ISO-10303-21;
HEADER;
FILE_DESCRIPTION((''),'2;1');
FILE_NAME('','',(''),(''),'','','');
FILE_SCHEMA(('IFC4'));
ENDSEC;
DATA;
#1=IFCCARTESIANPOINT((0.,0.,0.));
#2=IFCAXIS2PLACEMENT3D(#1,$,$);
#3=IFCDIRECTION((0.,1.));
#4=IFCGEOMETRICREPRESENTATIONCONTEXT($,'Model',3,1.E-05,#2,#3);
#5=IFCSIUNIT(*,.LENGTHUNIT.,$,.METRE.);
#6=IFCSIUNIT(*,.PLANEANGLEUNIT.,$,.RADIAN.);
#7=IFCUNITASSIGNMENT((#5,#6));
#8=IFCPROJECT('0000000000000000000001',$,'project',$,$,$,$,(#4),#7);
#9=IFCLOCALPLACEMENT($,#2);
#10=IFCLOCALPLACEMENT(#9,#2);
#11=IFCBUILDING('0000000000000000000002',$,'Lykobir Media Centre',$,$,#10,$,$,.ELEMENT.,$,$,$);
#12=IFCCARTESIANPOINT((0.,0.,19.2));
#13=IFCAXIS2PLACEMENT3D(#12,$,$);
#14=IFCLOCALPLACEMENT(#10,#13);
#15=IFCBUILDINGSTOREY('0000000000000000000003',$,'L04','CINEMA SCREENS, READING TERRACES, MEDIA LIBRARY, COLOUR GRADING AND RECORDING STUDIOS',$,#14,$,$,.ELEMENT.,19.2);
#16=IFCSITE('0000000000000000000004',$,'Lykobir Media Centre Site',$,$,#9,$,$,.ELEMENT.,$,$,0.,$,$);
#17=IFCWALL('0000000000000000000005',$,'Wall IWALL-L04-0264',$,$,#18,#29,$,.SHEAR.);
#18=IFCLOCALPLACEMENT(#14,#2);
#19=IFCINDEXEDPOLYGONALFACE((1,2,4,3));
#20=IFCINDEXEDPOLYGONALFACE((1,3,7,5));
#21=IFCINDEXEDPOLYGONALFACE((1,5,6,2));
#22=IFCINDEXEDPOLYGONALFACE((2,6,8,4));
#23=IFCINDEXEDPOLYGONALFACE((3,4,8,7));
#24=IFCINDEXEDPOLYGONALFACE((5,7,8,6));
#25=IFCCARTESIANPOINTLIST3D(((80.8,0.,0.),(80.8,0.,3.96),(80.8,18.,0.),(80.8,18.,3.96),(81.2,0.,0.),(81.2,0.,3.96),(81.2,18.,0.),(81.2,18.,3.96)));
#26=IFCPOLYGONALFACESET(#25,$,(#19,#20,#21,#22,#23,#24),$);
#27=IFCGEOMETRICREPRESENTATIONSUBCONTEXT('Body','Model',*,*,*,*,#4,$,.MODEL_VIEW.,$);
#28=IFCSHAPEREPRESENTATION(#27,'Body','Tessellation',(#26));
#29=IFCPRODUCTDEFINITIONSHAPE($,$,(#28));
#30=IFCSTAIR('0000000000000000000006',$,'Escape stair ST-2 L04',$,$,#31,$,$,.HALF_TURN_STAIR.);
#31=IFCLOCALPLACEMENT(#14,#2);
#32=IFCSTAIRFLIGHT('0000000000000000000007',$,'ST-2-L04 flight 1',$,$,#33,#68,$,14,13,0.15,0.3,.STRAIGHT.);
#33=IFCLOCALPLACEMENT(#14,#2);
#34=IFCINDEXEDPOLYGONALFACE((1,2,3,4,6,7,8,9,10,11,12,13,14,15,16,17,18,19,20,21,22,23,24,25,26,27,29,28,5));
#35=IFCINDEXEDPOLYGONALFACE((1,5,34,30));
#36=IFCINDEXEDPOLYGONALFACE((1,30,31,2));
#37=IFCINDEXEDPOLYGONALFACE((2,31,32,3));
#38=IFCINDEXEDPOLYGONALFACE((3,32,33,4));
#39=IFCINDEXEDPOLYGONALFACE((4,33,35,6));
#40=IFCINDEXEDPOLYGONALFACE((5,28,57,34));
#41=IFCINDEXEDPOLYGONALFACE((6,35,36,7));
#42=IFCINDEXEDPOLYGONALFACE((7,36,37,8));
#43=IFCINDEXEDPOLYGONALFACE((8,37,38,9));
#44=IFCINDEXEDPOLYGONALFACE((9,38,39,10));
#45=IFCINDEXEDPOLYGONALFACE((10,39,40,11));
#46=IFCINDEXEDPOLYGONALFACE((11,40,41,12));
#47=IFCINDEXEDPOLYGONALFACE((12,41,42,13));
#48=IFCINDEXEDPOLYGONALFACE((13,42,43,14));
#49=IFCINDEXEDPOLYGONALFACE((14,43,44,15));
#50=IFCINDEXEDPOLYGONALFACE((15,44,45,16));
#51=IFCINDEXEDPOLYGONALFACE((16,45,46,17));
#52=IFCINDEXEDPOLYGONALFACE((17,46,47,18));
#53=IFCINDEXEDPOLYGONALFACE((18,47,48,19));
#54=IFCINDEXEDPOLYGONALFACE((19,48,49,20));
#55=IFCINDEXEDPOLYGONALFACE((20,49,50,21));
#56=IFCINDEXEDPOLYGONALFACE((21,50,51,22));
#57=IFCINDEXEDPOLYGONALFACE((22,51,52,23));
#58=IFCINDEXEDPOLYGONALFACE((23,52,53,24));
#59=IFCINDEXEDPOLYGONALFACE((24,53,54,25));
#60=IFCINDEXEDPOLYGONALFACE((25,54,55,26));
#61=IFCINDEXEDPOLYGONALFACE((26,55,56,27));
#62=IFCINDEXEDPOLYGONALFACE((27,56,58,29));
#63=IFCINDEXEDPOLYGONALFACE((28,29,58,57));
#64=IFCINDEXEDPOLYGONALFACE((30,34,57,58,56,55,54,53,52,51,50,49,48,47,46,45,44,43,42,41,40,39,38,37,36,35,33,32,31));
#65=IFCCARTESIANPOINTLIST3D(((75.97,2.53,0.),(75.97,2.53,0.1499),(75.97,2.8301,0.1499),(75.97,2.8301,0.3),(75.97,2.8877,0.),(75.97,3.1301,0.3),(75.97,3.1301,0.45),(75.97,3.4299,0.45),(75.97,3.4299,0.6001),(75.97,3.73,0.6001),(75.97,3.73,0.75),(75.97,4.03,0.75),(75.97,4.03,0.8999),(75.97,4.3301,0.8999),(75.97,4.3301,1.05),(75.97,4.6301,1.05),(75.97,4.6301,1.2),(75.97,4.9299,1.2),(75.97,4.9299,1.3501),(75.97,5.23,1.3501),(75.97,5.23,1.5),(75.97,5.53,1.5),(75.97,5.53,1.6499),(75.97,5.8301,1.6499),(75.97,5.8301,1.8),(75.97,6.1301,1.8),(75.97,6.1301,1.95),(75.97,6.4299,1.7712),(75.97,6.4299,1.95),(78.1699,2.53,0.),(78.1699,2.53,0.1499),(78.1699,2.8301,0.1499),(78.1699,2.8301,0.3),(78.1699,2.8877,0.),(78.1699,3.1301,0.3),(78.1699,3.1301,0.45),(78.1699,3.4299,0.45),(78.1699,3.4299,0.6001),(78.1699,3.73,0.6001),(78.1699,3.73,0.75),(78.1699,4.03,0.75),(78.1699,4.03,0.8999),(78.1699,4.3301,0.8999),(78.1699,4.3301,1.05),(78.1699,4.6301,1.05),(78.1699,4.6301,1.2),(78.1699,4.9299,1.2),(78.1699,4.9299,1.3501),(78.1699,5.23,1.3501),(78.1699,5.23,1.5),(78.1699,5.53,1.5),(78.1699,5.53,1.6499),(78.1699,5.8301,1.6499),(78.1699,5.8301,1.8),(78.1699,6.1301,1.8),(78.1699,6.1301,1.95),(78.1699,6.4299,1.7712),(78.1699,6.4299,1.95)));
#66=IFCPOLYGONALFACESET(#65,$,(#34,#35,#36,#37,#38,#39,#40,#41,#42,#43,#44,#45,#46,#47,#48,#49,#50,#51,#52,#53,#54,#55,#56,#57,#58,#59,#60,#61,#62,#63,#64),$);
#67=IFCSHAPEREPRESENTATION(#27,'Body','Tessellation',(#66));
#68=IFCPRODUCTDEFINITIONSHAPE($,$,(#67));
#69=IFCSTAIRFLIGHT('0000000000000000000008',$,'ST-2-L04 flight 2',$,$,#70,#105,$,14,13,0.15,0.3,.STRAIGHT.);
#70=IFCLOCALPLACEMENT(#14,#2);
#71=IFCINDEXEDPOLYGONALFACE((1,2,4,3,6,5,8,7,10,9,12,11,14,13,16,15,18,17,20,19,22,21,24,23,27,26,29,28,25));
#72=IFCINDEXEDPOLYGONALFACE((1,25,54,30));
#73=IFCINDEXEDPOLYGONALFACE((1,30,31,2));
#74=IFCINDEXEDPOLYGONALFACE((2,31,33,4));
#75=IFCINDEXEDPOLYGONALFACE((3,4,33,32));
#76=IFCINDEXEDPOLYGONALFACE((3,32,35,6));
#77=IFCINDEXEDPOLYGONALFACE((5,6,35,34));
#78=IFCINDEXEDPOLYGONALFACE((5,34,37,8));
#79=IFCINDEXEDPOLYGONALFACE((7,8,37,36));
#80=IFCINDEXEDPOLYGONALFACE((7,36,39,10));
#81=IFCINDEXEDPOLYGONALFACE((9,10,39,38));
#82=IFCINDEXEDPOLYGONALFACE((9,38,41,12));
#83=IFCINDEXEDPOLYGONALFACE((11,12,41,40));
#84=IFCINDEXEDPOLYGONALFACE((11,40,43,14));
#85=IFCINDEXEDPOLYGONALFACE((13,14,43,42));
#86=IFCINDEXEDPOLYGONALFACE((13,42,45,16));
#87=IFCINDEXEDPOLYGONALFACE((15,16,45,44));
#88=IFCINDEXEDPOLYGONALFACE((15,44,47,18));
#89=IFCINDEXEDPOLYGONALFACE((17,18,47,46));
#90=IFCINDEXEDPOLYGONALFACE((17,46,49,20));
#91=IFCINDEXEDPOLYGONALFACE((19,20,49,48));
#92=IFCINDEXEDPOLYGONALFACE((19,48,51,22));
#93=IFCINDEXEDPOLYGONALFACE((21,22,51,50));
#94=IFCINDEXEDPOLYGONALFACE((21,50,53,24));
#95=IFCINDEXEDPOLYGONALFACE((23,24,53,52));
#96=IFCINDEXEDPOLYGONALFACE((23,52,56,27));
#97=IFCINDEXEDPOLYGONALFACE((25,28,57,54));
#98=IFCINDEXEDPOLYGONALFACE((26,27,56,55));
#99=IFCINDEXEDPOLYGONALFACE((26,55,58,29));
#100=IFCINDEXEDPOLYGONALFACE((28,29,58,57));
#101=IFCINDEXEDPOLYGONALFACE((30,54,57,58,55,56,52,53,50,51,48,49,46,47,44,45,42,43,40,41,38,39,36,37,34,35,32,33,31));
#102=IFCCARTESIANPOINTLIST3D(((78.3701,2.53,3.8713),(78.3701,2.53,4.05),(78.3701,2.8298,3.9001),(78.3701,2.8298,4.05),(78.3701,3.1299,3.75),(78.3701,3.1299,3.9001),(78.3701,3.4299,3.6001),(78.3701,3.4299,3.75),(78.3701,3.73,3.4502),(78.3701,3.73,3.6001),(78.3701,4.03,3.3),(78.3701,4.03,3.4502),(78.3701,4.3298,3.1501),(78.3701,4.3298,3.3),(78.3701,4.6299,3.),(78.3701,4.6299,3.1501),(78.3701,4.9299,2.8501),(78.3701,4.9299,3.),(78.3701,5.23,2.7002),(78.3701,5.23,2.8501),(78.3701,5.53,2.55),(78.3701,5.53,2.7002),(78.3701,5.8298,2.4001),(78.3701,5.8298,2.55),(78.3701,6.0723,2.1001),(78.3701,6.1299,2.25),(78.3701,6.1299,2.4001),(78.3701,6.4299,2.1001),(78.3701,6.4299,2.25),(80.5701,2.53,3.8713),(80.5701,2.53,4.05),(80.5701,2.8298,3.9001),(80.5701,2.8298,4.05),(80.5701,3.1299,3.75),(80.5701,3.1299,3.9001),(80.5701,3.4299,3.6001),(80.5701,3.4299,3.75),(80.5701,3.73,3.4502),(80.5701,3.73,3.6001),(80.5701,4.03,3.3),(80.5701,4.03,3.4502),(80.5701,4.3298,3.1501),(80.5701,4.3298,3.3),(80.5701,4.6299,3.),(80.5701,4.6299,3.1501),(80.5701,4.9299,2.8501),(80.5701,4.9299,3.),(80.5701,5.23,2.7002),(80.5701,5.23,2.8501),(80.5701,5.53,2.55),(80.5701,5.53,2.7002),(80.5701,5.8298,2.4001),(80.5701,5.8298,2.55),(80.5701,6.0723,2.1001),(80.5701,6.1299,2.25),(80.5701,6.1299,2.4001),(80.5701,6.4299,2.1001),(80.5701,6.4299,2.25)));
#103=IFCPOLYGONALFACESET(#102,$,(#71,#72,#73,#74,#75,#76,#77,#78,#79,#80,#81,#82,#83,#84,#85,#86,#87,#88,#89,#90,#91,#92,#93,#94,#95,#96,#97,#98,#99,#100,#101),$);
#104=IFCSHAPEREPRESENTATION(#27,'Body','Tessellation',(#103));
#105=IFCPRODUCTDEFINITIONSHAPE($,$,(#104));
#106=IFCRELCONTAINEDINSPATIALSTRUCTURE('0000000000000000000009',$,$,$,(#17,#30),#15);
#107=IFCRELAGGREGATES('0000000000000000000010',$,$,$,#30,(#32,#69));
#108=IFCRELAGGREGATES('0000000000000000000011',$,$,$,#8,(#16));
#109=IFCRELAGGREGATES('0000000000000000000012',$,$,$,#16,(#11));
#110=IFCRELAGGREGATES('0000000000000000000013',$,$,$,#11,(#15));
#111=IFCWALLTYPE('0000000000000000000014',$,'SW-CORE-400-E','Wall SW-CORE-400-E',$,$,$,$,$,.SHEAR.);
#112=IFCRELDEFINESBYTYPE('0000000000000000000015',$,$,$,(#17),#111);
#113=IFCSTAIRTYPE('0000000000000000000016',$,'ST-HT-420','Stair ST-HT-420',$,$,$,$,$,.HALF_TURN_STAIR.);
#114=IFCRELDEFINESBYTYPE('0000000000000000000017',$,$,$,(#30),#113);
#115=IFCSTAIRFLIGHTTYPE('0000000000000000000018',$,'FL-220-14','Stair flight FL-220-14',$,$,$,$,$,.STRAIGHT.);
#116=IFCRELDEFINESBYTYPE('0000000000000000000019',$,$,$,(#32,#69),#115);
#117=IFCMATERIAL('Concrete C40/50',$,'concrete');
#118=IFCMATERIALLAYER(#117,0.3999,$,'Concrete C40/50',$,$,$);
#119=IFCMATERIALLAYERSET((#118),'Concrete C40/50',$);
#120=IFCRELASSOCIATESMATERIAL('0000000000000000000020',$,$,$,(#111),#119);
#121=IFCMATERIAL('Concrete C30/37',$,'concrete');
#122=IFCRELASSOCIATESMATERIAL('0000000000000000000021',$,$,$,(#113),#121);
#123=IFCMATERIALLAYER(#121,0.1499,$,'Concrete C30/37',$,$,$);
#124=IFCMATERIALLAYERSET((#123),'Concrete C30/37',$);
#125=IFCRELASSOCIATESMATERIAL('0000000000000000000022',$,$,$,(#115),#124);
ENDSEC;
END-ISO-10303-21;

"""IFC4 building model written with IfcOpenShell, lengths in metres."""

from ifc_helpers import new_model, si_unit, direction, frame, frame_2d, origin, place, context, subcontext, project, spatial, polyline, rectangle, outline, extrude, material, layer, layer_set, type_object, element, aggregate, save


model = new_model("IFC4")

# Units and contexts
model_context = context("Model", 3, precision=1e-05, world=origin(), true_north=direction((0.0, 1.0)))
body_context = subcontext(model_context, "Body", "Model", "MODEL_VIEW")
ifc_project = project(units=[si_unit("LENGTHUNIT", "METRE"), si_unit("PLANEANGLEUNIT", "RADIAN")], contexts=[model_context])

# Site, building, storey
site_placement = place(None, origin())
site = spatial("IfcSite", under=ifc_project, at=site_placement, Name="Lykobir Media Centre Site", CompositionType="ELEMENT", RefElevation=0.0)
building_placement = place(site_placement, origin())
building = spatial("IfcBuilding", under=site, at=building_placement, Name="Lykobir Media Centre", CompositionType="ELEMENT")
storey_placement = place(building_placement, frame((0.0, 0.0, 19.2)))
storey = spatial("IfcBuildingStorey", under=building, at=storey_placement, Name="L04", Description="CINEMA SCREENS, READING TERRACES, MEDIA LIBRARY, COLOUR GRADING AND RECORDING STUDIOS", CompositionType="ELEMENT", Elevation=19.2)

# Shared definitions
ifc_material_1 = material(Name="Concrete C40/50", Category="concrete")

# Shared definitions
ifc_material_2 = material(Name="Concrete C30/37", Category="concrete")

# Wall
ifc_layer_1 = layer(ifc_material_1, 0.3999, Name="Concrete C40/50")
ifc_layer_set_1 = layer_set([ifc_layer_1], Name="Concrete C40/50")
wall_type_1 = type_object("IfcWallType", Name="SW-CORE-400-E", Description="Wall SW-CORE-400-E", PredefinedType="SHEAR", material=ifc_layer_set_1)
wall_1_placement = place(storey_placement, frame((81.0, 0.0, 0.0), z_axis=(0.0, 0.0, 1.0), x_axis=(0.0, 1.0, 0.0)))
element("IfcWall", 1, at=wall_1_placement, inside=storey, type_object=wall_type_1, Name="Wall IWALL-L04-0264", PredefinedType="SHEAR", context=body_context, shape_type="SweptSolid", body=[
    extrude(rectangle(XDim=18.0, YDim=0.3999, at=frame_2d((9.0, 0.0))), origin(), (0.0, 0.0, 1.0), 3.96),
])

# Stair, stair flights
stair_type = type_object("IfcStairType", Name="ST-HT-420", Description="Stair ST-HT-420", PredefinedType="HALF_TURN_STAIR", material=ifc_material_2)
stair_placement = place(storey_placement, origin())
stair = element("IfcStair", 2, at=stair_placement, inside=storey, type_object=stair_type, Name="Escape stair ST-2 L04", PredefinedType="HALF_TURN_STAIR")
ifc_layer_2 = layer(ifc_material_2, 0.1499, Name="Concrete C30/37")
ifc_layer_set_2 = layer_set([ifc_layer_2], Name="Concrete C30/37")
stair_flight_type = type_object("IfcStairFlightType", Name="FL-220-14", Description="Stair flight FL-220-14", PredefinedType="STRAIGHT", material=ifc_layer_set_2)
stair_flight_1_placement = place(storey_placement, frame((77.0701, 2.53, 0.0), z_axis=(0.0, 0.0, 1.0), x_axis=(0.0, 1.0, 0.0)))
stair_flight_1 = element("IfcStairFlight", 3, at=stair_flight_1_placement, type_object=stair_flight_type, Name="ST-2-L04 flight 1", NumberOfRisers=14, NumberOfTreads=13, PredefinedType="STRAIGHT", RiserHeight=0.15, TreadLength=0.3, context=body_context, shape_type="SweptSolid", body=[
    extrude(outline(polyline([(0.0, 0.0), (0.0, 0.1499), (0.3, 0.1499), (0.3, 0.3), (0.6001, 0.3), (0.6001, 0.45), (0.8999, 0.45), (0.8999, 0.6001), (1.2, 0.6001), (1.2, 0.75), (1.5, 0.75), (1.5, 0.8999), (1.8, 0.8999), (1.8, 1.05), (2.1001, 1.05), (2.1001, 1.2), (2.3999, 1.2), (2.3999, 1.3501), (2.7, 1.3501), (2.7, 1.5), (3.0, 1.5), (3.0, 1.6499), (3.3, 1.6499), (3.3, 1.8), (3.6001, 1.8), (3.6001, 1.95), (3.8999, 1.95), (3.8999, 2.1001), (3.8999, 1.7712), (0.3577, 0.0), (0.0, 0.0)])), frame((0.0, 1.1001, 0.0), z_axis=(0.0, -1.0, 0.0), x_axis=(1.0, 0.0, 0.0)), (0.0, 0.0, 1.0), 2.2),
])
stair_flight_2_placement = place(storey_placement, frame((79.47, 6.4299, 2.1001), z_axis=(0.0, 0.0, 1.0), x_axis=(0.0, -1.0, 0.0)))
stair_flight_2 = element("IfcStairFlight", 4, at=stair_flight_2_placement, type_object=stair_flight_type, Name="ST-2-L04 flight 2", NumberOfRisers=14, NumberOfTreads=13, PredefinedType="STRAIGHT", RiserHeight=0.15, TreadLength=0.3, context=body_context, shape_type="SweptSolid", body=[
    extrude(outline(polyline([(0.0, 0.0), (0.0, 0.1499), (0.3, 0.1499), (0.3, 0.3), (0.6001, 0.3), (0.6001, 0.45), (0.8999, 0.45), (0.8999, 0.6001), (1.2, 0.6001), (1.2, 0.75), (1.5, 0.75), (1.5, 0.8999), (1.8, 0.8999), (1.8, 1.05), (2.1001, 1.05), (2.1001, 1.2), (2.3999, 1.2), (2.3999, 1.3501), (2.7, 1.3501), (2.7, 1.5), (3.0, 1.5), (3.0, 1.6499), (3.3, 1.6499), (3.3, 1.8), (3.6001, 1.8), (3.6001, 1.95), (3.8999, 1.95), (3.8999, 2.1001), (3.8999, 1.7712), (0.3577, 0.0), (0.0, 0.0)])), frame((0.0, 1.1001, 0.0), z_axis=(0.0, -1.0, 0.0), x_axis=(1.0, 0.0, 0.0)), (0.0, 0.0, 1.0), 2.2),
])
aggregate(stair, [stair_flight_1, stair_flight_2])

save(model, "model.ifc")
